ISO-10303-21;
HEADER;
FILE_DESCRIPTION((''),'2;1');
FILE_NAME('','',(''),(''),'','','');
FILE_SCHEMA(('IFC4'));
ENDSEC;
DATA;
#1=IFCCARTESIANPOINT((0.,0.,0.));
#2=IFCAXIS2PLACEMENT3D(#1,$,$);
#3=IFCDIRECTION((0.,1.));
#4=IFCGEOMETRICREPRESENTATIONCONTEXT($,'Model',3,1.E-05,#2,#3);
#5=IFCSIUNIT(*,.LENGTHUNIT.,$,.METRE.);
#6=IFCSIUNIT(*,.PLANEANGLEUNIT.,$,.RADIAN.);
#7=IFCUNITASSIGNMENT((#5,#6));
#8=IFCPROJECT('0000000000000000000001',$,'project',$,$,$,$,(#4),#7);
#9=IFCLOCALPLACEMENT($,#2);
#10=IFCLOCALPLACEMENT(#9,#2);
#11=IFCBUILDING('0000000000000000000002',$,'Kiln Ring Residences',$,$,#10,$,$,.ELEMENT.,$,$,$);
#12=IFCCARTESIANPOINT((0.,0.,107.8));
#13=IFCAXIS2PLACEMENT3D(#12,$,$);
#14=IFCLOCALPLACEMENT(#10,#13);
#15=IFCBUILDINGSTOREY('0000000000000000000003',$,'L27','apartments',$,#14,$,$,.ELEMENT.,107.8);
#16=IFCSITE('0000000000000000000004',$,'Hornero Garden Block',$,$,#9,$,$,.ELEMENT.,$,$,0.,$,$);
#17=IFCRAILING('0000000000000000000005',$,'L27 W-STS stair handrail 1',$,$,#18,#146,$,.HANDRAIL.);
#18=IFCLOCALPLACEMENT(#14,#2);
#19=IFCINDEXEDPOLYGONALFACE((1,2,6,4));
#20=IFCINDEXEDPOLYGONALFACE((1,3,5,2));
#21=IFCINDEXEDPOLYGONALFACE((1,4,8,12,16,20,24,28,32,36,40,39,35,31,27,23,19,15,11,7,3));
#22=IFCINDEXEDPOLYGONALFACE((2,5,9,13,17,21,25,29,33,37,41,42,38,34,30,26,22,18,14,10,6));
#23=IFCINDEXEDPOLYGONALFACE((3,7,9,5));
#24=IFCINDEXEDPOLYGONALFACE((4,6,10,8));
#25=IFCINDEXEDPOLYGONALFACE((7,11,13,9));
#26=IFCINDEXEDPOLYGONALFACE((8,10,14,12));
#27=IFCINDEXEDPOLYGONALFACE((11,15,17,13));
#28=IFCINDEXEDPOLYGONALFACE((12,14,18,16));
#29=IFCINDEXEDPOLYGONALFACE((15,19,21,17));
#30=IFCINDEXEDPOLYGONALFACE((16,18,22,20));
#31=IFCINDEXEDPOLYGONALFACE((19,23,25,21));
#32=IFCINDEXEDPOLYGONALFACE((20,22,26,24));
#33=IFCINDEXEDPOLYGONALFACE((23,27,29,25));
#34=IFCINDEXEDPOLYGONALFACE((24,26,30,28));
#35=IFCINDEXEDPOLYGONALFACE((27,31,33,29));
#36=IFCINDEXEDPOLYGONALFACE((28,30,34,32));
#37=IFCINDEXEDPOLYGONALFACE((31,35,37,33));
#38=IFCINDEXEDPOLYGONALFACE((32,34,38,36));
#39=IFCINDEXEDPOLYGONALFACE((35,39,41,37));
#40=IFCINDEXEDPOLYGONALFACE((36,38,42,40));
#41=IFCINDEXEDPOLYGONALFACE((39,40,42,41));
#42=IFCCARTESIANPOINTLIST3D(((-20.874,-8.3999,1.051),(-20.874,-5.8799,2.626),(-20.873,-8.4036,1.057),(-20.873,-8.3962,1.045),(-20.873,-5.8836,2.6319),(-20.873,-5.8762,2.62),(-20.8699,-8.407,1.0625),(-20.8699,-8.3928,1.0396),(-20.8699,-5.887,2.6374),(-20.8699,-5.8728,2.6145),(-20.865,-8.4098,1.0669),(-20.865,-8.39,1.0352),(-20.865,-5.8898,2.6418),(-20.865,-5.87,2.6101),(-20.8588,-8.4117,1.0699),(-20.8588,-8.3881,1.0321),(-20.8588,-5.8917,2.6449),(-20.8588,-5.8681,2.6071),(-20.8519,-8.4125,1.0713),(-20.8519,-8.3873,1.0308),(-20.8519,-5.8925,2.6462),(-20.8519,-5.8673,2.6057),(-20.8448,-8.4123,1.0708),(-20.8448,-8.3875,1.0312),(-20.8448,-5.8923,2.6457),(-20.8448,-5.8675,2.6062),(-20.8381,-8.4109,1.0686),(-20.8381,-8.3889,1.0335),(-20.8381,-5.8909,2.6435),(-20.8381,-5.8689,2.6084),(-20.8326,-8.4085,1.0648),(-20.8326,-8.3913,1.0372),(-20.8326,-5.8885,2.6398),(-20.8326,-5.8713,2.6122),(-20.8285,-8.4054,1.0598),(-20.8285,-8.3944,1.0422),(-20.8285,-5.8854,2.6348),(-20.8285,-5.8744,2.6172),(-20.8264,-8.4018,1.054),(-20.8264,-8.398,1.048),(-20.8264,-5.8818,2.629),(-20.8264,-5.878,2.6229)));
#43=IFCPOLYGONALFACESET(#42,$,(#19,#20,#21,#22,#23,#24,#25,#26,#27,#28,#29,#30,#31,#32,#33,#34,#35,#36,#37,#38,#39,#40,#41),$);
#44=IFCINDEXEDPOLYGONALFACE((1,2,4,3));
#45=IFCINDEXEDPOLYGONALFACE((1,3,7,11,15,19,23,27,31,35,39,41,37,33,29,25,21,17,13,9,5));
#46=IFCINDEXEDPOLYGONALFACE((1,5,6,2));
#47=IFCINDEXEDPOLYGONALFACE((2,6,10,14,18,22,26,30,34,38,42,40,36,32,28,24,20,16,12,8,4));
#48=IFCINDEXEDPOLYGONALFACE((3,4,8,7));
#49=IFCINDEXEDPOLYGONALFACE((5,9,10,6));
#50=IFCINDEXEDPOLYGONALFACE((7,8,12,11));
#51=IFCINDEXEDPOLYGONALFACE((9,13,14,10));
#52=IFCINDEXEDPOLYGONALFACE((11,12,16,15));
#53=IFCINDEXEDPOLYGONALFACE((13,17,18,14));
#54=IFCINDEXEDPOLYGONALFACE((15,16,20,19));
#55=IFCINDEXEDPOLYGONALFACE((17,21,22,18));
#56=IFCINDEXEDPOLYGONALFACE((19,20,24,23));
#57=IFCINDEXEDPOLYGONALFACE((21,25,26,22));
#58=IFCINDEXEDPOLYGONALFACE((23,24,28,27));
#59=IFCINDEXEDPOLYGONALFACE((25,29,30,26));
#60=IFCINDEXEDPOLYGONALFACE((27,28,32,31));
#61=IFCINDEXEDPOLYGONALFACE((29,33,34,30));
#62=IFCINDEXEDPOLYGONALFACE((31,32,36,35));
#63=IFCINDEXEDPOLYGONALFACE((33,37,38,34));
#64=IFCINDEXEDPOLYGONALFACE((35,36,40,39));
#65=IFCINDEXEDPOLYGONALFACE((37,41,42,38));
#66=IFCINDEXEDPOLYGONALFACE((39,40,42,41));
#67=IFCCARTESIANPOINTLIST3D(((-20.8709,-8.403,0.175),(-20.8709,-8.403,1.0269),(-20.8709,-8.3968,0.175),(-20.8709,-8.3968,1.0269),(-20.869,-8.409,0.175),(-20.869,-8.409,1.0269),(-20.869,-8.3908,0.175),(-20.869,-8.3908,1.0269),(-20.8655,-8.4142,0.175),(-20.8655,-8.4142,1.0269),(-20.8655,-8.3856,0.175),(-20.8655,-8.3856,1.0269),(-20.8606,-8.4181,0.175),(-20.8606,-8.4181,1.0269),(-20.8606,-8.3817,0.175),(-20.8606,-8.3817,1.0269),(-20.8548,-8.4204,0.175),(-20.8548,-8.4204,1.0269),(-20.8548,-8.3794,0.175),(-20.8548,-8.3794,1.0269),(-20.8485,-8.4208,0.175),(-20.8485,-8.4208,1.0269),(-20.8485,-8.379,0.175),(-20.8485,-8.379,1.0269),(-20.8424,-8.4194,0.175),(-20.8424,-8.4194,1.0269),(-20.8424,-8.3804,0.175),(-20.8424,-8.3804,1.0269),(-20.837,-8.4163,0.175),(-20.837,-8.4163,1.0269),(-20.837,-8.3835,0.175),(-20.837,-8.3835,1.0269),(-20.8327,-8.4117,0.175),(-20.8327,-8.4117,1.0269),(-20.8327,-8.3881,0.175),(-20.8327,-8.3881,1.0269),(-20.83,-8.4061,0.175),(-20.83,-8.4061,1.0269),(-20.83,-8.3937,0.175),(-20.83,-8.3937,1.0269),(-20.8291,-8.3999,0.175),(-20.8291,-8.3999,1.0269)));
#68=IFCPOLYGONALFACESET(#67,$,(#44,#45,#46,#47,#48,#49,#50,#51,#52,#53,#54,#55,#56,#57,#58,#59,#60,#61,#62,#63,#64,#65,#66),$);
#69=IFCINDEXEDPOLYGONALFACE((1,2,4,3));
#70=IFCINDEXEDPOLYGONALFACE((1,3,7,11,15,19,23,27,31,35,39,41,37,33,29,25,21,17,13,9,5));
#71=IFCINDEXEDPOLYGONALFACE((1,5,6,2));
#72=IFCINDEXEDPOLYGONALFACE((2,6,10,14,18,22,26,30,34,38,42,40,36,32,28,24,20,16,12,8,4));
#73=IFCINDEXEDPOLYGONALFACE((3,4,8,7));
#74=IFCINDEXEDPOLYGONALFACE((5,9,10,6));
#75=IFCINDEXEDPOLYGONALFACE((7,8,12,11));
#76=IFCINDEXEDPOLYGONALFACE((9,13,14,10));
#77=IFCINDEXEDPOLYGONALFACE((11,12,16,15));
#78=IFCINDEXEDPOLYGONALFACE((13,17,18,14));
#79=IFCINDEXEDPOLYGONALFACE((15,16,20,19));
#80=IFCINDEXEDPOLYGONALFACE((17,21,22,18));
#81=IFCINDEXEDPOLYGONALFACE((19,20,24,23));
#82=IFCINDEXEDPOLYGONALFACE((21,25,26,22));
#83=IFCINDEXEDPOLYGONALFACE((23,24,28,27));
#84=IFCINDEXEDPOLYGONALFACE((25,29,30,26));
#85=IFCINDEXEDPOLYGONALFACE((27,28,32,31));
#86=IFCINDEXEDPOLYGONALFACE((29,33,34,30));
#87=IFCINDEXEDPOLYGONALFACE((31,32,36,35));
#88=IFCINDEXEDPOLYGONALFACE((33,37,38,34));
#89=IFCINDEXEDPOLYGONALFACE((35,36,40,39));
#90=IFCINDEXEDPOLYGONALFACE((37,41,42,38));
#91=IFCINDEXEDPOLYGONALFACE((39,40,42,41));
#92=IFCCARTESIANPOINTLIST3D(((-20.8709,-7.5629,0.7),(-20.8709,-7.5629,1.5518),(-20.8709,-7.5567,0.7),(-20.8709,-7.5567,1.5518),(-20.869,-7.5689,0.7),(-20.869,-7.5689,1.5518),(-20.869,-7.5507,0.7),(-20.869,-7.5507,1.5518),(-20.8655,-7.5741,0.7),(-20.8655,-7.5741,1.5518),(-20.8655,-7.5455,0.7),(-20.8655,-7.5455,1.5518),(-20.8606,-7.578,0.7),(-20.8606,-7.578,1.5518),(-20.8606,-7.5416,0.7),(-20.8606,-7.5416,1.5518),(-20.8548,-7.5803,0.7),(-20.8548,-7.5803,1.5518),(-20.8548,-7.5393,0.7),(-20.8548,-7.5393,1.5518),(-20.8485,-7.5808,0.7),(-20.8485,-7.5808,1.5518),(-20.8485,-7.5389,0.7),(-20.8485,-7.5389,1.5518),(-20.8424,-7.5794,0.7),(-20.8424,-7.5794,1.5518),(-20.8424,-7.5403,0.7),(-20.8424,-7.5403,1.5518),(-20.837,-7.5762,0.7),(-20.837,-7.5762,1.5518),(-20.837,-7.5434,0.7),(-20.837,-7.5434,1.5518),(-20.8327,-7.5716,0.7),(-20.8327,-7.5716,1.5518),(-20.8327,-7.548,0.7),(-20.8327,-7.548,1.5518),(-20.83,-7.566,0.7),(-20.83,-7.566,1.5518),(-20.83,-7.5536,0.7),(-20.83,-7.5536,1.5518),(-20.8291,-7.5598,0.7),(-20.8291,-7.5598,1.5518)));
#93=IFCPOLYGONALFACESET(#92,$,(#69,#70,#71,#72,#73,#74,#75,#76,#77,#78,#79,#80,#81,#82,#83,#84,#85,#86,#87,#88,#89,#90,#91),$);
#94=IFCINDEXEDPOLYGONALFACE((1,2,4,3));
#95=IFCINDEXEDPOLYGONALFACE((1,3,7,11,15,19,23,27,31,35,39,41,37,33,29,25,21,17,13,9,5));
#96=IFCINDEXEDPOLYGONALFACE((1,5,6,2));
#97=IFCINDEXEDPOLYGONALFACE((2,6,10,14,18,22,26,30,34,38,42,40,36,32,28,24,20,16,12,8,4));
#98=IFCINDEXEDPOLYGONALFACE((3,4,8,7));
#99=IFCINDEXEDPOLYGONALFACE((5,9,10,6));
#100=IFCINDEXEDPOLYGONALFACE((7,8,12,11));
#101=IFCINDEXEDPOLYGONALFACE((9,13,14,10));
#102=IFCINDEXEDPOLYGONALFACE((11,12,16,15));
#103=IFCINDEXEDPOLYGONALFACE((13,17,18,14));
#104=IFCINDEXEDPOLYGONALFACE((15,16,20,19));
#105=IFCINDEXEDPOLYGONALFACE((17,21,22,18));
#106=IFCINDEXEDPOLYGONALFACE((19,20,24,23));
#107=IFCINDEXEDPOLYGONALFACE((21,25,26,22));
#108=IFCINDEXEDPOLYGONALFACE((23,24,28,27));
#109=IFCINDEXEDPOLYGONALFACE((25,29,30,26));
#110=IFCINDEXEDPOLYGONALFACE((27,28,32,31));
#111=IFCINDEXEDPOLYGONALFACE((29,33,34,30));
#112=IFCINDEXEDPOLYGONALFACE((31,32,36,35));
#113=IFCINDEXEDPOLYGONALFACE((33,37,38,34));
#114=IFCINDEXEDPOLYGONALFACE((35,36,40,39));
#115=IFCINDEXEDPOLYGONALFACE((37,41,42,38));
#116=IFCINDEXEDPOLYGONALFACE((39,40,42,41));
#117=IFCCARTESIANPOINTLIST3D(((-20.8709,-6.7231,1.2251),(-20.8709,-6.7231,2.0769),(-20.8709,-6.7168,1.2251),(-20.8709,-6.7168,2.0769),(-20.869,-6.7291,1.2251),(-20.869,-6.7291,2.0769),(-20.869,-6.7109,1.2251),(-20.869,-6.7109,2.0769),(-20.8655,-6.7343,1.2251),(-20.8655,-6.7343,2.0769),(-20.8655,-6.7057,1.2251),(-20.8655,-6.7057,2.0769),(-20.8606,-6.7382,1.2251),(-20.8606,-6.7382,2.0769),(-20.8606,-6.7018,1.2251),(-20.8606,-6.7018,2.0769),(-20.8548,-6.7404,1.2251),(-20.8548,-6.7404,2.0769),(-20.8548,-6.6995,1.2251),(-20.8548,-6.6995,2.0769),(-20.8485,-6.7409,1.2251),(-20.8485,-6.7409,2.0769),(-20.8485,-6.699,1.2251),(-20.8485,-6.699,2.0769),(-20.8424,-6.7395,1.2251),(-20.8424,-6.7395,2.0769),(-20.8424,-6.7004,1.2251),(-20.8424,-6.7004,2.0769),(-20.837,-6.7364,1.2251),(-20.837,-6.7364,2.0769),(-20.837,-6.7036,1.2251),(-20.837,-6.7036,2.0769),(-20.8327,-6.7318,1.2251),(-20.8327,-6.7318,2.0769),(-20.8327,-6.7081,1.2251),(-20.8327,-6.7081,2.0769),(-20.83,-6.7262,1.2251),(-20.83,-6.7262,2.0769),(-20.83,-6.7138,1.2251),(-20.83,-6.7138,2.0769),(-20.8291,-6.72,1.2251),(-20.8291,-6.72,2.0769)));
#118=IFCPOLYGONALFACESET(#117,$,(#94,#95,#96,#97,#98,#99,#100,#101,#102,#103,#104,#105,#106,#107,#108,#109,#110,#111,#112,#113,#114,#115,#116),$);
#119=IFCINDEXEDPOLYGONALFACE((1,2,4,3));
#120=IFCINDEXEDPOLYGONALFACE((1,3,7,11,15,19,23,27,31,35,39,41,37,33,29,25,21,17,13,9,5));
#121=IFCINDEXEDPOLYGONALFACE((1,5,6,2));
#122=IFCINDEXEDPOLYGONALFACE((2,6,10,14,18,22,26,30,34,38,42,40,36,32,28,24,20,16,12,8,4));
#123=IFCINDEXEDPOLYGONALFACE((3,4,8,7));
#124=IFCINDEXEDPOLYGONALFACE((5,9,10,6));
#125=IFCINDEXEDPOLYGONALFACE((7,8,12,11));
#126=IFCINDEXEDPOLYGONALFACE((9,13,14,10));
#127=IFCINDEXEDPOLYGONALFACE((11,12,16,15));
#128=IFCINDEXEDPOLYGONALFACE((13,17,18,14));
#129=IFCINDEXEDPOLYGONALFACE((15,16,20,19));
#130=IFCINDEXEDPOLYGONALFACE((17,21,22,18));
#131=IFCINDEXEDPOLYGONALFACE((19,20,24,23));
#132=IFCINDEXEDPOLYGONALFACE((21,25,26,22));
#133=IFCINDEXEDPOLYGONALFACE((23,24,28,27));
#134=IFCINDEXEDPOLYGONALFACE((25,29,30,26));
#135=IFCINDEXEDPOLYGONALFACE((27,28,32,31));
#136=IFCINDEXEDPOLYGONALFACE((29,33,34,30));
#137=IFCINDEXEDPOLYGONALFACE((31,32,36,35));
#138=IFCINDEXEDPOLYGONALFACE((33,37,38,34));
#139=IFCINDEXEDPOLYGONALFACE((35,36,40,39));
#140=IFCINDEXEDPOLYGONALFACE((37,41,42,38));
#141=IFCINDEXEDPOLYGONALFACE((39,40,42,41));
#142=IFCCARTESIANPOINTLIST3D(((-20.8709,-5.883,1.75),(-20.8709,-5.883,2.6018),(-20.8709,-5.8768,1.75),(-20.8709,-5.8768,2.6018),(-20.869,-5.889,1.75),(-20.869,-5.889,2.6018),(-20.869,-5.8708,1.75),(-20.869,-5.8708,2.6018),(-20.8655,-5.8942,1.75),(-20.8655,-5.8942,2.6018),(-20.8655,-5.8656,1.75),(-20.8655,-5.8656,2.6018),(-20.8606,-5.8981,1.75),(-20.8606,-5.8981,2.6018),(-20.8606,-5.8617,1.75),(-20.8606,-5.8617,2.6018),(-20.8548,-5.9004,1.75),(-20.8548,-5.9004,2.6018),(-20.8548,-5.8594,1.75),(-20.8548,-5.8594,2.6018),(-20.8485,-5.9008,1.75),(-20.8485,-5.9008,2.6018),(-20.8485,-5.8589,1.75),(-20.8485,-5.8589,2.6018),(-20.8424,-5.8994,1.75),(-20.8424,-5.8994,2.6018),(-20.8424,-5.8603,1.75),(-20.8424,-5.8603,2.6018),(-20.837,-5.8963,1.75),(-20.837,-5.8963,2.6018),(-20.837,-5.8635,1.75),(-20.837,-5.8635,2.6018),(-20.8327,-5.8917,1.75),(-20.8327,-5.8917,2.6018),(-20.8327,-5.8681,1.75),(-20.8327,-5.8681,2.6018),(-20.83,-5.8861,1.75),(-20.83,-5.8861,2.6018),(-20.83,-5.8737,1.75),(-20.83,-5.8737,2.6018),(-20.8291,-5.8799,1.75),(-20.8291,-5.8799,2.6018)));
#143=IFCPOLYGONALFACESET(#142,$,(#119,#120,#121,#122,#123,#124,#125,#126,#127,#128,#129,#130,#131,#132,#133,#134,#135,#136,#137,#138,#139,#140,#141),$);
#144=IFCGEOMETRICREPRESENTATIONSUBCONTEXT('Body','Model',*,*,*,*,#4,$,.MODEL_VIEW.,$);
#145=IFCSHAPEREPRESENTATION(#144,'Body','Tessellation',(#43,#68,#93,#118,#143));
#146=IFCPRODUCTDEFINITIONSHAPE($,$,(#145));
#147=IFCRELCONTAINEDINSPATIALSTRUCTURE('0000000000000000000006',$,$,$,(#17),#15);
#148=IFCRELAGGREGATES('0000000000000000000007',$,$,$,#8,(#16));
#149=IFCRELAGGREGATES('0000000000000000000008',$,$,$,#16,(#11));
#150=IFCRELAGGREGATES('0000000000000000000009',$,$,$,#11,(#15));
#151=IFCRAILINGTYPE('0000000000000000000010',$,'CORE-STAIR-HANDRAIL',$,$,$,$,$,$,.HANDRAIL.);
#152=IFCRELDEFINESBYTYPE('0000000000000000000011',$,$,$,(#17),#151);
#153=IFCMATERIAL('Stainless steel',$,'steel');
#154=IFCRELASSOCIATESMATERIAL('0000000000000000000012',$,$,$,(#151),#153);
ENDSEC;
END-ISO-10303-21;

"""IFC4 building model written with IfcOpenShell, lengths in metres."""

from ifc_helpers import new_model, si_unit, direction, frame, origin, origin_2d, place, context, subcontext, project, spatial, circle, extrude, material, type_object, element, save


model = new_model("IFC4")

# Units and contexts
model_context = context("Model", 3, precision=1e-05, world=origin(), true_north=direction((0.0, 1.0)))
body_context = subcontext(model_context, "Body", "Model", "MODEL_VIEW")
ifc_project = project(units=[si_unit("LENGTHUNIT", "METRE"), si_unit("PLANEANGLEUNIT", "RADIAN")], contexts=[model_context])

# Site, building, storey
site_placement = place(None, origin())
site = spatial("IfcSite", under=ifc_project, at=site_placement, Name="Hornero Garden Block", CompositionType="ELEMENT", RefElevation=0.0)
building_placement = place(site_placement, origin())
building = spatial("IfcBuilding", under=site, at=building_placement, Name="Kiln Ring Residences", CompositionType="ELEMENT")
storey_placement = place(building_placement, frame((0.0, 0.0, 107.8)))
storey = spatial("IfcBuildingStorey", under=building, at=storey_placement, Name="L27", Description="apartments", CompositionType="ELEMENT", Elevation=107.8)

# Railing
ifc_material_1 = material(Name="Stainless steel", Category="steel")
railing_type_1 = type_object("IfcRailingType", Name="CORE-STAIR-HANDRAIL", PredefinedType="HANDRAIL", material=ifc_material_1)
railing_1_placement = place(storey_placement, frame((-20.8501, -8.3999, 0.175)))
element("IfcRailing", 1, at=railing_1_placement, inside=storey, type_object=railing_type_1, Name="L27 W-STS stair handrail 1", PredefinedType="HANDRAIL", context=body_context, shape_type="SweptSolid", body=[
    extrude(circle(Radius=0.0239, at=origin_2d()), frame((0.0, 0.0, 0.876), z_axis=(0.0, 0.848008, 0.529984), x_axis=(-1.0, 0.0, 0.0)), (0.0, 0.0, 1.0), 2.9717),
    extrude(circle(Radius=0.021, at=origin_2d()), origin(), (0.0, 0.0, 1.0), 0.8518),
    extrude(circle(Radius=0.021, at=origin_2d()), frame((0.0, 0.8401, 0.5249)), (0.0, 0.0, 1.0), 0.8518),
    extrude(circle(Radius=0.021, at=origin_2d()), frame((0.0, 1.6799, 1.05)), (0.0, 0.0, 1.0), 0.8518),
    extrude(circle(Radius=0.021, at=origin_2d()), frame((0.0, 2.52, 1.575)), (0.0, 0.0, 1.0), 0.8518),
])

save(model, "model.ifc")
